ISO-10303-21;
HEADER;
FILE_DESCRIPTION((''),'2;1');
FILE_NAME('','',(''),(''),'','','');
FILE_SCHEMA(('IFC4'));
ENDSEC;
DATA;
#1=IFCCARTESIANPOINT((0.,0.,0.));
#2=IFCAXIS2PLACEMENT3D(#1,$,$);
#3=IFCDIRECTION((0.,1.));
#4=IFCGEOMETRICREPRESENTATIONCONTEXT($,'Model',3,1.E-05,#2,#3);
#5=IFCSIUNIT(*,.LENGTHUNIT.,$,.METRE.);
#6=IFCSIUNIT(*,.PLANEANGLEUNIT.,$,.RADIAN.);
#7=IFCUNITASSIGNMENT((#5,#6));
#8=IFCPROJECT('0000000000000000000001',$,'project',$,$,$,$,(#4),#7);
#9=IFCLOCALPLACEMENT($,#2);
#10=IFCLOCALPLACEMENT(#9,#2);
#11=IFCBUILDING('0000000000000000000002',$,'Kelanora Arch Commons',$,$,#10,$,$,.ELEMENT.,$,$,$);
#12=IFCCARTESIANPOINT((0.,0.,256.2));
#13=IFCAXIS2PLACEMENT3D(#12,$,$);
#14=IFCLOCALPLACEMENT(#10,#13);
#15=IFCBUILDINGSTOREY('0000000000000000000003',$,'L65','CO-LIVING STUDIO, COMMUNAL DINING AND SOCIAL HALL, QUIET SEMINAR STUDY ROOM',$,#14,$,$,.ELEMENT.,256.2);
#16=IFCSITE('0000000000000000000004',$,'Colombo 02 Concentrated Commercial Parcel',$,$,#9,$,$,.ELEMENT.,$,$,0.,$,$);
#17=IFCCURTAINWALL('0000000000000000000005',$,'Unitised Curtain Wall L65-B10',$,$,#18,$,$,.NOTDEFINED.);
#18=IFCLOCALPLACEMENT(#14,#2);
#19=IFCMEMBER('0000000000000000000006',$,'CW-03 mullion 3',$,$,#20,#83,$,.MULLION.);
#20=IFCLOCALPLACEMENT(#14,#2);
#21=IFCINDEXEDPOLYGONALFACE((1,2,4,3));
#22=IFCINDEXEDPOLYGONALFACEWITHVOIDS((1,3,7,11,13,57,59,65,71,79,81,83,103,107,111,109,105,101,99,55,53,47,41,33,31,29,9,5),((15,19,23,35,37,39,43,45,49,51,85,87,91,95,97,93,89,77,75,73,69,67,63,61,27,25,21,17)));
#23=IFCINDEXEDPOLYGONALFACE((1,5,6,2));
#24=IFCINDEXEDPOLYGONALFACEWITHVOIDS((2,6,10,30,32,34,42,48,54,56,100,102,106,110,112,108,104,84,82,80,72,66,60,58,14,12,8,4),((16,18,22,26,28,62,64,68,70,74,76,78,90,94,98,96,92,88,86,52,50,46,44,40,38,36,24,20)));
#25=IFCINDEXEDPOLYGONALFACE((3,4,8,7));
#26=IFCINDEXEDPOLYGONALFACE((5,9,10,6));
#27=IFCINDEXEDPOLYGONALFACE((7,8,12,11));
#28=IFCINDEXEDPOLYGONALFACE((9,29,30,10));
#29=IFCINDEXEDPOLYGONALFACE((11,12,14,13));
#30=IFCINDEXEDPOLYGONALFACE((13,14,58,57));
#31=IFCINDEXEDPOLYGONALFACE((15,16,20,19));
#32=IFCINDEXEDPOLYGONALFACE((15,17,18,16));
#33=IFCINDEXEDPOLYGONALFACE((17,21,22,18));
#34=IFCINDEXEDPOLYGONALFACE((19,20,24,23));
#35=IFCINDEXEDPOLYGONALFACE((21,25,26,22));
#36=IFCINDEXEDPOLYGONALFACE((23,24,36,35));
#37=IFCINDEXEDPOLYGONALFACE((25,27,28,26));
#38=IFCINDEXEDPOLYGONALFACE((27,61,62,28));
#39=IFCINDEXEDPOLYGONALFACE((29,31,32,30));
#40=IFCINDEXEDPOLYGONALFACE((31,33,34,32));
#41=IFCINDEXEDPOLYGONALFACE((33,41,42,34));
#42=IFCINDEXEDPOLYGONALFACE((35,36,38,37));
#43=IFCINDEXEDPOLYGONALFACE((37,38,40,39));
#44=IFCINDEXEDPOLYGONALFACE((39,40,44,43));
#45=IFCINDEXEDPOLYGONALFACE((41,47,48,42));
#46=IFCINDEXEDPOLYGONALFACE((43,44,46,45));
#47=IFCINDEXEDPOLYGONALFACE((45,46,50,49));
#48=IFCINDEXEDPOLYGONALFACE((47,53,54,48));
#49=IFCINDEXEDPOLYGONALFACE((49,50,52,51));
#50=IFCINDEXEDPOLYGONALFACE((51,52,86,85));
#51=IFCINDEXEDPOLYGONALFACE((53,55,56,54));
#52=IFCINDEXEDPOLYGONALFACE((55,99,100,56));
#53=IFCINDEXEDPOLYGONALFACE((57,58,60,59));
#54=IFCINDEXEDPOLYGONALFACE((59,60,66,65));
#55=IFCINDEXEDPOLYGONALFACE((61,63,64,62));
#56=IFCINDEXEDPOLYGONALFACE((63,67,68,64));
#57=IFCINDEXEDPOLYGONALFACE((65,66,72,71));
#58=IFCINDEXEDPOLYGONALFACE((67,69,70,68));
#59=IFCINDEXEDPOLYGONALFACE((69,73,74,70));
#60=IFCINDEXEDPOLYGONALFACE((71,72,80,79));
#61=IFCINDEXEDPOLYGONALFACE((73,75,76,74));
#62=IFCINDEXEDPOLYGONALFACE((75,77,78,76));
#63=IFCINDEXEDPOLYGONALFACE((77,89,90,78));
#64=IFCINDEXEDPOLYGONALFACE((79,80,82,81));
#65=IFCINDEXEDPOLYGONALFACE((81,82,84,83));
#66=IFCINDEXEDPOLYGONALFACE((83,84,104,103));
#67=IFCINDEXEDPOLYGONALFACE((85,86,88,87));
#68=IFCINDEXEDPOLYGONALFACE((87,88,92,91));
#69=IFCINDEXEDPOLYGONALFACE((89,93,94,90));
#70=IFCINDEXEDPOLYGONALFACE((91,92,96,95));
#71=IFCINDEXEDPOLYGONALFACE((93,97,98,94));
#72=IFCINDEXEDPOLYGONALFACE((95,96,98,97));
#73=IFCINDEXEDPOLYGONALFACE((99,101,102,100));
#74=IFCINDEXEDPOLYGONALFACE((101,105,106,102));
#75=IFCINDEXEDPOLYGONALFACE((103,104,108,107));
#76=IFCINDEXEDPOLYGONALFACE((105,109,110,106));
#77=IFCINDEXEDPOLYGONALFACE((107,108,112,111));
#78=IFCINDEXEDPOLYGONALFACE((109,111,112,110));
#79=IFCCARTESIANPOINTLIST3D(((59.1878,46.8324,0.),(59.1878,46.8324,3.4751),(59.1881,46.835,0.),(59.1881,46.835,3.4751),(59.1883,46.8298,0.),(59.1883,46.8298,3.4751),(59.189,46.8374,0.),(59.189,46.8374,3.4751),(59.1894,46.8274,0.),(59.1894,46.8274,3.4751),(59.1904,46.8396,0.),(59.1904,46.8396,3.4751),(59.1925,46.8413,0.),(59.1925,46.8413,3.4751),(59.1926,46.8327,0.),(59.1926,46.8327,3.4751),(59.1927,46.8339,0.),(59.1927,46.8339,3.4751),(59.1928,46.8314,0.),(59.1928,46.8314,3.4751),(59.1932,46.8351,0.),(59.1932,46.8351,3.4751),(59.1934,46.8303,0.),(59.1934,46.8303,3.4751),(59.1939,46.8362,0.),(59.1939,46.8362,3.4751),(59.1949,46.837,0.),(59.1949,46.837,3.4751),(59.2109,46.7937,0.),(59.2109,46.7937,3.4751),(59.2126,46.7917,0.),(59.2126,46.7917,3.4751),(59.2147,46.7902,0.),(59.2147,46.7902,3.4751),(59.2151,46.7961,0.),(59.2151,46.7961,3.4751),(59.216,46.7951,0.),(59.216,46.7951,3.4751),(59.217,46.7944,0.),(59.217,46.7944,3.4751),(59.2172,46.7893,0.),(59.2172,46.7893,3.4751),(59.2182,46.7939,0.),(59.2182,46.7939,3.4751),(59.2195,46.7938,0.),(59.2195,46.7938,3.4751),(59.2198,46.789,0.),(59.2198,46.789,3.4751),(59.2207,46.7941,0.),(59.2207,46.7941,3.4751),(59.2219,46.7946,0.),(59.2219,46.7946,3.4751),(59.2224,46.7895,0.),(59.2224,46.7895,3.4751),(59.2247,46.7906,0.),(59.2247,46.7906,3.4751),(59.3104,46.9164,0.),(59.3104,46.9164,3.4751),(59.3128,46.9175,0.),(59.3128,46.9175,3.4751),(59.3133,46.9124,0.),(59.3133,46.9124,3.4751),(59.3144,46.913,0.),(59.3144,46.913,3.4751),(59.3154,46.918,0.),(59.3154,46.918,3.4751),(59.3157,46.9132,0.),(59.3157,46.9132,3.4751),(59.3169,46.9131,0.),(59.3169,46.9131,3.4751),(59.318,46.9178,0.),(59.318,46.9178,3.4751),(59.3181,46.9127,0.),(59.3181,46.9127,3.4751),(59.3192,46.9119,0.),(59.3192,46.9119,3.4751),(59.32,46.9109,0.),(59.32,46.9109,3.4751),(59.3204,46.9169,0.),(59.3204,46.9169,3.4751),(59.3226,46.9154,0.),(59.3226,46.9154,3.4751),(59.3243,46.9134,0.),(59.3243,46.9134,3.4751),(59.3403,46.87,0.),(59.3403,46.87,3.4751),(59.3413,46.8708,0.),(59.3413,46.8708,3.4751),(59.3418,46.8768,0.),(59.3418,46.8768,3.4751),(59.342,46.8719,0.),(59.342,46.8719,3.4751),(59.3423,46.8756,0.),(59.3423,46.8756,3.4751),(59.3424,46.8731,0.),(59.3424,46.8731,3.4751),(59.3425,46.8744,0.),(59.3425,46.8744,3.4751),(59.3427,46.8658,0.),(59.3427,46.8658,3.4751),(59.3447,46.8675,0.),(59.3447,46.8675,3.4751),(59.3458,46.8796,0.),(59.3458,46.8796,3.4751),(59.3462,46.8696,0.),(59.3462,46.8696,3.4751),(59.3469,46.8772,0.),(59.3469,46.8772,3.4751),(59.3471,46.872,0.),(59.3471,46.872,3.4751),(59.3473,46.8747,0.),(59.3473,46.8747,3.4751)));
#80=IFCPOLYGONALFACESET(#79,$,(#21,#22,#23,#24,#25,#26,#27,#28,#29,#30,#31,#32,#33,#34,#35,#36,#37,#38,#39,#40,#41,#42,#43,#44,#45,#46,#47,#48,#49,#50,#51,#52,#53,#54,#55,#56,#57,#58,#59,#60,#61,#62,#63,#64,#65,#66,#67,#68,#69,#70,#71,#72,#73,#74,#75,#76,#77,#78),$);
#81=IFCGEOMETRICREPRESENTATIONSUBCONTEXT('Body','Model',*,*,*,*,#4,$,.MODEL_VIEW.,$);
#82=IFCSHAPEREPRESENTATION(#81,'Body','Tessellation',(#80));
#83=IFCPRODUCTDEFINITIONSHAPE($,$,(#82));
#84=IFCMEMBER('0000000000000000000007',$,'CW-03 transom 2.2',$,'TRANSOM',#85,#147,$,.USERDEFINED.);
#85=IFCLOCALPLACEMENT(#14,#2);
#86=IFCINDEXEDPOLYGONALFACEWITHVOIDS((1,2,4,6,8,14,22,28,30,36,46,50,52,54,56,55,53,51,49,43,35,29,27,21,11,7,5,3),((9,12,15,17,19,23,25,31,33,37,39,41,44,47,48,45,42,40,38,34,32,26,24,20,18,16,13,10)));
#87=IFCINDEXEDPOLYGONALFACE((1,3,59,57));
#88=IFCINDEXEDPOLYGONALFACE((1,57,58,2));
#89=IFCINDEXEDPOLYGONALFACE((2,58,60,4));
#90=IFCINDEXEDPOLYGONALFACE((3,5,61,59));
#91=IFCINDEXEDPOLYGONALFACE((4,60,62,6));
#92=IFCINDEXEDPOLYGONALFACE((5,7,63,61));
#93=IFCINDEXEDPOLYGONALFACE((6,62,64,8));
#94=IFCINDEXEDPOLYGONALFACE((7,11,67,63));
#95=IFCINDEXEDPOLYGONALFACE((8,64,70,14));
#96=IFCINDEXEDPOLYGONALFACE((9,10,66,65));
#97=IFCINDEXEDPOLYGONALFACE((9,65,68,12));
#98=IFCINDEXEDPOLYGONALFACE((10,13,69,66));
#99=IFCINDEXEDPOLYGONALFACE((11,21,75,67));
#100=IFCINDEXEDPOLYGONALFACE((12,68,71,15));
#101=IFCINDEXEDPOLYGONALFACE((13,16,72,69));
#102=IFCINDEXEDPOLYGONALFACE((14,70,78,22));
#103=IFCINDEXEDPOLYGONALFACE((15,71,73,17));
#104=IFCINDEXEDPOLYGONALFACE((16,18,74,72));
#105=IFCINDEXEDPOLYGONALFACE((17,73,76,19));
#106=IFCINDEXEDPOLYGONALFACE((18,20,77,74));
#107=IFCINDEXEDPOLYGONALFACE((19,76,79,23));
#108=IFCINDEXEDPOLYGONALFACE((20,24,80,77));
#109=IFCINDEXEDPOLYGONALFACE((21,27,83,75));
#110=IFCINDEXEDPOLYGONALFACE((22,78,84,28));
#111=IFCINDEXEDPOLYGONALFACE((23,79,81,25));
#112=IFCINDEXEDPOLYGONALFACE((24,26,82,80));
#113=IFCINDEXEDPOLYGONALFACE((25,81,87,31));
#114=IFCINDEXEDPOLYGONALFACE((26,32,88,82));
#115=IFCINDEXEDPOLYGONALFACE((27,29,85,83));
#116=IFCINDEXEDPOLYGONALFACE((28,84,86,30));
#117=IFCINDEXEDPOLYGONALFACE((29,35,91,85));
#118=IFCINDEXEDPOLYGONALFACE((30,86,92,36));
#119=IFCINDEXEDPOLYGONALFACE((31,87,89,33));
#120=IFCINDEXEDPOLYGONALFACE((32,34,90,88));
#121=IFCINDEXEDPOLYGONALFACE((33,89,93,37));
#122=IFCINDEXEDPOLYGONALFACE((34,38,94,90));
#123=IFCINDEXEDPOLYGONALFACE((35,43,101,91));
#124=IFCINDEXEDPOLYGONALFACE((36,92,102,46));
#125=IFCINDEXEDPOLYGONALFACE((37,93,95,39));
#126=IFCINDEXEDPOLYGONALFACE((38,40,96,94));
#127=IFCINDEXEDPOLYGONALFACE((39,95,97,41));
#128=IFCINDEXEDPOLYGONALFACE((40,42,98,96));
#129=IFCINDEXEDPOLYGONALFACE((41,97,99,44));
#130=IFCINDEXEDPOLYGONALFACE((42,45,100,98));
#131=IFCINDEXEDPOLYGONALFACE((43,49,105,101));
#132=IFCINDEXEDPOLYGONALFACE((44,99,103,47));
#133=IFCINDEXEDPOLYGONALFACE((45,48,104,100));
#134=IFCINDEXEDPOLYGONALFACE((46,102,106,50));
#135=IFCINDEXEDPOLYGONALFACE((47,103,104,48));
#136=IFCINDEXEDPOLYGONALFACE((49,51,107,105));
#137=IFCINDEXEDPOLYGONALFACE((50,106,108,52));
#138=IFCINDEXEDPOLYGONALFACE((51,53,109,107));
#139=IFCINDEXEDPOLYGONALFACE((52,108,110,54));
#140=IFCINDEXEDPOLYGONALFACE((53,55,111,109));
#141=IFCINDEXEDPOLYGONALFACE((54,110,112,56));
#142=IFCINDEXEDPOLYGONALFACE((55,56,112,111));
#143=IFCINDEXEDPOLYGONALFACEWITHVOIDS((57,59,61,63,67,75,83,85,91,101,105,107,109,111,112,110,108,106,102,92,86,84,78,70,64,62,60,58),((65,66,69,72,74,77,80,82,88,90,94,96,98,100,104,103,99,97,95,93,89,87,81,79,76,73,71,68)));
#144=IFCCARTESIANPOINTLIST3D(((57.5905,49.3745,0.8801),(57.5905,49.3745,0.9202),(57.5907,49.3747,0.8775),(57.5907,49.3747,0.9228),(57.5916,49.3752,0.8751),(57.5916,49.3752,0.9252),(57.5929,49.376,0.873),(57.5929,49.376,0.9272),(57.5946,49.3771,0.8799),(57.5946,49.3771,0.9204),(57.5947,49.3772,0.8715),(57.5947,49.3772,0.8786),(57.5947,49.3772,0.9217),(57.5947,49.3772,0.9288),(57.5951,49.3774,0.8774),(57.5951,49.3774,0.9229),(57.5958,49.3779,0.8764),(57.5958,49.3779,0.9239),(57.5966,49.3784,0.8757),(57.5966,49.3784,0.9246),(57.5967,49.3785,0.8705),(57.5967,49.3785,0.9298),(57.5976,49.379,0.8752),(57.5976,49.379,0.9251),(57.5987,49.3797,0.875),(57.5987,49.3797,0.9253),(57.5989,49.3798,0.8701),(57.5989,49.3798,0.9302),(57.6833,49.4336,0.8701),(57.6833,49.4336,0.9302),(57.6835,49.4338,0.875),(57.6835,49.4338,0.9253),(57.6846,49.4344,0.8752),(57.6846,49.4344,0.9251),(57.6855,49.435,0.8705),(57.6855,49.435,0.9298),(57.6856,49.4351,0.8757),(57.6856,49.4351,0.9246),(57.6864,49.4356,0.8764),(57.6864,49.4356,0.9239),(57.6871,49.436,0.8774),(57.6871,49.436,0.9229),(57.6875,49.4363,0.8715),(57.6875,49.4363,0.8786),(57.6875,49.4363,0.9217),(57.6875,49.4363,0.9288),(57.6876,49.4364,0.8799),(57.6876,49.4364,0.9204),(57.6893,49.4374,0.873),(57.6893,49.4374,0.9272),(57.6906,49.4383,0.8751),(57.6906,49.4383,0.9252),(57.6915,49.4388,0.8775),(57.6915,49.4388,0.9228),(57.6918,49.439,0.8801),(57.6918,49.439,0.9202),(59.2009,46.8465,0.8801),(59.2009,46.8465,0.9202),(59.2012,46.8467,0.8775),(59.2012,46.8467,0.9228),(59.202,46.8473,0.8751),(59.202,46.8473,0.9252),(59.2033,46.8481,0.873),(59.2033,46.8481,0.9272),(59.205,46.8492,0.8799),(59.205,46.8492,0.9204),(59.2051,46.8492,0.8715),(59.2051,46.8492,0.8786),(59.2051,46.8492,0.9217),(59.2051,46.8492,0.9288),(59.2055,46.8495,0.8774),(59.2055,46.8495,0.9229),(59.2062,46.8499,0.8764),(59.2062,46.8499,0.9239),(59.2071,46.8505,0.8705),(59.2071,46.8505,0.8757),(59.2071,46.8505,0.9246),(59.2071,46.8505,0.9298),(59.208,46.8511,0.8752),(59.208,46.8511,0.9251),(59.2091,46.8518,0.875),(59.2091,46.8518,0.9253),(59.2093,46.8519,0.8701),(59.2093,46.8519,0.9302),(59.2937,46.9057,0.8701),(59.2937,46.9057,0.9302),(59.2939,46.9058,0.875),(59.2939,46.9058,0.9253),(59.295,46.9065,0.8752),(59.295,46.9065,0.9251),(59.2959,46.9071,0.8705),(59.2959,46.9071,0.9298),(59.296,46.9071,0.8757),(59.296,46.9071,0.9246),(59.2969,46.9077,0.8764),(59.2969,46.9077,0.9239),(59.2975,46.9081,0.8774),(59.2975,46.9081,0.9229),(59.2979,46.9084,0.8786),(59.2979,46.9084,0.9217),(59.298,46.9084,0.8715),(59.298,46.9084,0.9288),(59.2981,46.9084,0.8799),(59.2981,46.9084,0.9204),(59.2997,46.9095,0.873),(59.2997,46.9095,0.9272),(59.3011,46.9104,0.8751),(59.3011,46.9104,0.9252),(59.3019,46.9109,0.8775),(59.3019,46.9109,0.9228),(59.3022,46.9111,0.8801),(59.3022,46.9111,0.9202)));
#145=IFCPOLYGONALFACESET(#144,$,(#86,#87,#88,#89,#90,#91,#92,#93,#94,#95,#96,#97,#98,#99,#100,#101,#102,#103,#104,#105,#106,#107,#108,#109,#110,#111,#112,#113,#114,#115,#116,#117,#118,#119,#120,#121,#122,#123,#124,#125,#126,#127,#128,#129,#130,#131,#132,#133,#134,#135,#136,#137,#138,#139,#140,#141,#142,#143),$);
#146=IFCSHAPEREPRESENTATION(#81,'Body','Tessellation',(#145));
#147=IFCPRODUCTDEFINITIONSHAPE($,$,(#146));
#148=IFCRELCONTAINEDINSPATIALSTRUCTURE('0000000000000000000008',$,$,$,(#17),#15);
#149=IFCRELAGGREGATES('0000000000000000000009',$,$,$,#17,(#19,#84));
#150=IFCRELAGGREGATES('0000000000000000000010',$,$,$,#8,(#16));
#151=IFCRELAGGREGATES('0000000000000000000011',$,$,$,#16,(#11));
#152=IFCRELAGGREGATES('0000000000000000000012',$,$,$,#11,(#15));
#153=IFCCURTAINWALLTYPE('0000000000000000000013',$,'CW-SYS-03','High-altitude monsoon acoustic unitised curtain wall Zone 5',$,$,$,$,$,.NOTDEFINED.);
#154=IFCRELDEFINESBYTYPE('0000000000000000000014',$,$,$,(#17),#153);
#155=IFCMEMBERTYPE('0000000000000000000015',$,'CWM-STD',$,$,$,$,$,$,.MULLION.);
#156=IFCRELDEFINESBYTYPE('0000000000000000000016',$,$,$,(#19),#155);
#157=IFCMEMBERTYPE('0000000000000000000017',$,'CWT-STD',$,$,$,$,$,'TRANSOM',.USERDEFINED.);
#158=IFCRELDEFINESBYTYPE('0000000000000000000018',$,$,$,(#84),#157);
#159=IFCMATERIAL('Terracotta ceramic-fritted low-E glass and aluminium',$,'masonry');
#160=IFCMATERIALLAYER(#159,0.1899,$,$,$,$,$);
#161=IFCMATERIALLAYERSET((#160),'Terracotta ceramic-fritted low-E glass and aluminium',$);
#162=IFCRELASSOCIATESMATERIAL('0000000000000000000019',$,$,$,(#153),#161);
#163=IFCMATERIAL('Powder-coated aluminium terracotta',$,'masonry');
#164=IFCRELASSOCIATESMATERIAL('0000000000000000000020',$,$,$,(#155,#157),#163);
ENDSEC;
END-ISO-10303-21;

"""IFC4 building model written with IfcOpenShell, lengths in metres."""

from ifc_helpers import new_model, si_unit, direction, frame, origin, origin_2d, place, context, subcontext, project, spatial, hollow_rectangle, extrude, material, layer, layer_set, material_profile, profile_set, type_object, element, aggregate, save


model = new_model("IFC4")

# Units and contexts
model_context = context("Model", 3, precision=1e-05, world=origin(), true_north=direction((0.0, 1.0)))
body_context = subcontext(model_context, "Body", "Model", "MODEL_VIEW")
ifc_project = project(units=[si_unit("LENGTHUNIT", "METRE"), si_unit("PLANEANGLEUNIT", "RADIAN")], contexts=[model_context])

# Site, building, storey
site_placement = place(None, origin())
site = spatial("IfcSite", under=ifc_project, at=site_placement, Name="Colombo 02 Concentrated Commercial Parcel", CompositionType="ELEMENT", RefElevation=0.0)
building_placement = place(site_placement, origin())
building = spatial("IfcBuilding", under=site, at=building_placement, Name="Kelanora Arch Commons", CompositionType="ELEMENT")
storey_placement = place(building_placement, frame((0.0, 0.0, 256.2)))
storey = spatial("IfcBuildingStorey", under=building, at=storey_placement, Name="L65", Description="CO-LIVING STUDIO, COMMUNAL DINING AND SOCIAL HALL, QUIET SEMINAR STUDY ROOM", CompositionType="ELEMENT", Elevation=256.2)

# Curtain wall, members
ifc_material_1 = material(Name="Terracotta ceramic-fritted low-E glass and aluminium", Category="masonry")
ifc_layer_1 = layer(ifc_material_1, 0.1899)
ifc_layer_set_1 = layer_set([ifc_layer_1], Name="Terracotta ceramic-fritted low-E glass and aluminium")
curtain_wall_type = type_object("IfcCurtainWallType", Name="CW-SYS-03", Description="High-altitude monsoon acoustic unitised curtain wall Zone 5", PredefinedType="NOTDEFINED", material=ifc_layer_set_1)
curtain_wall_placement = place(storey_placement, origin())
curtain_wall = element("IfcCurtainWall", 1, at=curtain_wall_placement, inside=storey, type_object=curtain_wall_type, Name="Unitised Curtain Wall L65-B10", PredefinedType="NOTDEFINED")
ifc_material_2 = material(Name="Powder-coated aluminium terracotta", Category="masonry")
ifc_material_profile_1 = material_profile(ifc_material_2, hollow_rectangle(XDim=0.1599, YDim=0.0601, WallThickness=0.0049, InnerFilletRadius=0.0049, OuterFilletRadius=0.01, at=origin_2d()), Name="CWM160x60")
ifc_profile_set_1 = profile_set([ifc_material_profile_1], Name="Powder-coated aluminium terracotta")
member_type_1 = type_object("IfcMemberType", Name="CWM-STD", PredefinedType="MULLION", material=ifc_profile_set_1)
member_1_placement = place(storey_placement, frame((59.2676, 46.8535, 0.0), z_axis=(0.0, 0.0, 1.0), x_axis=(0.843391, 0.5373, 0.0)))
member_1 = element("IfcMember", 2, at=member_1_placement, type_object=member_type_1, Name="CW-03 mullion 3", PredefinedType="MULLION", context=body_context, shape_type="SweptSolid", body=[
    extrude(hollow_rectangle(XDim=0.1599, YDim=0.0601, WallThickness=0.0049, InnerFilletRadius=0.0049, OuterFilletRadius=0.01, at=origin_2d()), origin(), (0.0, 0.0, 1.0), 3.4751),
])
ifc_material_profile_2 = material_profile(ifc_material_2, hollow_rectangle(XDim=0.1201, YDim=0.0601, WallThickness=0.0049, InnerFilletRadius=0.0049, OuterFilletRadius=0.01, at=origin_2d()), Name="CWT120x60")
ifc_profile_set_2 = profile_set([ifc_material_profile_2], Name="Powder-coated aluminium terracotta")
member_type_2 = type_object("IfcMemberType", Name="CWT-STD", ElementType="TRANSOM", PredefinedType="USERDEFINED", material=ifc_profile_set_2)
member_2_placement = place(storey_placement, frame((57.6411, 49.4067, 0.9001), z_axis=(0.537287, -0.8434, 0.0), x_axis=(0.8434, 0.537287, 0.0)))
member_2 = element("IfcMember", 3, at=member_2_placement, type_object=member_type_2, Name="CW-03 transom 2.2", ObjectType="TRANSOM", PredefinedType="USERDEFINED", context=body_context, shape_type="SweptSolid", body=[
    extrude(hollow_rectangle(XDim=0.1201, YDim=0.0601, WallThickness=0.0049, InnerFilletRadius=0.0049, OuterFilletRadius=0.01, at=origin_2d()), origin(), (0.0, 0.0, 1.0), 2.9973),
])
aggregate(curtain_wall, [member_1, member_2])

save(model, "model.ifc")
